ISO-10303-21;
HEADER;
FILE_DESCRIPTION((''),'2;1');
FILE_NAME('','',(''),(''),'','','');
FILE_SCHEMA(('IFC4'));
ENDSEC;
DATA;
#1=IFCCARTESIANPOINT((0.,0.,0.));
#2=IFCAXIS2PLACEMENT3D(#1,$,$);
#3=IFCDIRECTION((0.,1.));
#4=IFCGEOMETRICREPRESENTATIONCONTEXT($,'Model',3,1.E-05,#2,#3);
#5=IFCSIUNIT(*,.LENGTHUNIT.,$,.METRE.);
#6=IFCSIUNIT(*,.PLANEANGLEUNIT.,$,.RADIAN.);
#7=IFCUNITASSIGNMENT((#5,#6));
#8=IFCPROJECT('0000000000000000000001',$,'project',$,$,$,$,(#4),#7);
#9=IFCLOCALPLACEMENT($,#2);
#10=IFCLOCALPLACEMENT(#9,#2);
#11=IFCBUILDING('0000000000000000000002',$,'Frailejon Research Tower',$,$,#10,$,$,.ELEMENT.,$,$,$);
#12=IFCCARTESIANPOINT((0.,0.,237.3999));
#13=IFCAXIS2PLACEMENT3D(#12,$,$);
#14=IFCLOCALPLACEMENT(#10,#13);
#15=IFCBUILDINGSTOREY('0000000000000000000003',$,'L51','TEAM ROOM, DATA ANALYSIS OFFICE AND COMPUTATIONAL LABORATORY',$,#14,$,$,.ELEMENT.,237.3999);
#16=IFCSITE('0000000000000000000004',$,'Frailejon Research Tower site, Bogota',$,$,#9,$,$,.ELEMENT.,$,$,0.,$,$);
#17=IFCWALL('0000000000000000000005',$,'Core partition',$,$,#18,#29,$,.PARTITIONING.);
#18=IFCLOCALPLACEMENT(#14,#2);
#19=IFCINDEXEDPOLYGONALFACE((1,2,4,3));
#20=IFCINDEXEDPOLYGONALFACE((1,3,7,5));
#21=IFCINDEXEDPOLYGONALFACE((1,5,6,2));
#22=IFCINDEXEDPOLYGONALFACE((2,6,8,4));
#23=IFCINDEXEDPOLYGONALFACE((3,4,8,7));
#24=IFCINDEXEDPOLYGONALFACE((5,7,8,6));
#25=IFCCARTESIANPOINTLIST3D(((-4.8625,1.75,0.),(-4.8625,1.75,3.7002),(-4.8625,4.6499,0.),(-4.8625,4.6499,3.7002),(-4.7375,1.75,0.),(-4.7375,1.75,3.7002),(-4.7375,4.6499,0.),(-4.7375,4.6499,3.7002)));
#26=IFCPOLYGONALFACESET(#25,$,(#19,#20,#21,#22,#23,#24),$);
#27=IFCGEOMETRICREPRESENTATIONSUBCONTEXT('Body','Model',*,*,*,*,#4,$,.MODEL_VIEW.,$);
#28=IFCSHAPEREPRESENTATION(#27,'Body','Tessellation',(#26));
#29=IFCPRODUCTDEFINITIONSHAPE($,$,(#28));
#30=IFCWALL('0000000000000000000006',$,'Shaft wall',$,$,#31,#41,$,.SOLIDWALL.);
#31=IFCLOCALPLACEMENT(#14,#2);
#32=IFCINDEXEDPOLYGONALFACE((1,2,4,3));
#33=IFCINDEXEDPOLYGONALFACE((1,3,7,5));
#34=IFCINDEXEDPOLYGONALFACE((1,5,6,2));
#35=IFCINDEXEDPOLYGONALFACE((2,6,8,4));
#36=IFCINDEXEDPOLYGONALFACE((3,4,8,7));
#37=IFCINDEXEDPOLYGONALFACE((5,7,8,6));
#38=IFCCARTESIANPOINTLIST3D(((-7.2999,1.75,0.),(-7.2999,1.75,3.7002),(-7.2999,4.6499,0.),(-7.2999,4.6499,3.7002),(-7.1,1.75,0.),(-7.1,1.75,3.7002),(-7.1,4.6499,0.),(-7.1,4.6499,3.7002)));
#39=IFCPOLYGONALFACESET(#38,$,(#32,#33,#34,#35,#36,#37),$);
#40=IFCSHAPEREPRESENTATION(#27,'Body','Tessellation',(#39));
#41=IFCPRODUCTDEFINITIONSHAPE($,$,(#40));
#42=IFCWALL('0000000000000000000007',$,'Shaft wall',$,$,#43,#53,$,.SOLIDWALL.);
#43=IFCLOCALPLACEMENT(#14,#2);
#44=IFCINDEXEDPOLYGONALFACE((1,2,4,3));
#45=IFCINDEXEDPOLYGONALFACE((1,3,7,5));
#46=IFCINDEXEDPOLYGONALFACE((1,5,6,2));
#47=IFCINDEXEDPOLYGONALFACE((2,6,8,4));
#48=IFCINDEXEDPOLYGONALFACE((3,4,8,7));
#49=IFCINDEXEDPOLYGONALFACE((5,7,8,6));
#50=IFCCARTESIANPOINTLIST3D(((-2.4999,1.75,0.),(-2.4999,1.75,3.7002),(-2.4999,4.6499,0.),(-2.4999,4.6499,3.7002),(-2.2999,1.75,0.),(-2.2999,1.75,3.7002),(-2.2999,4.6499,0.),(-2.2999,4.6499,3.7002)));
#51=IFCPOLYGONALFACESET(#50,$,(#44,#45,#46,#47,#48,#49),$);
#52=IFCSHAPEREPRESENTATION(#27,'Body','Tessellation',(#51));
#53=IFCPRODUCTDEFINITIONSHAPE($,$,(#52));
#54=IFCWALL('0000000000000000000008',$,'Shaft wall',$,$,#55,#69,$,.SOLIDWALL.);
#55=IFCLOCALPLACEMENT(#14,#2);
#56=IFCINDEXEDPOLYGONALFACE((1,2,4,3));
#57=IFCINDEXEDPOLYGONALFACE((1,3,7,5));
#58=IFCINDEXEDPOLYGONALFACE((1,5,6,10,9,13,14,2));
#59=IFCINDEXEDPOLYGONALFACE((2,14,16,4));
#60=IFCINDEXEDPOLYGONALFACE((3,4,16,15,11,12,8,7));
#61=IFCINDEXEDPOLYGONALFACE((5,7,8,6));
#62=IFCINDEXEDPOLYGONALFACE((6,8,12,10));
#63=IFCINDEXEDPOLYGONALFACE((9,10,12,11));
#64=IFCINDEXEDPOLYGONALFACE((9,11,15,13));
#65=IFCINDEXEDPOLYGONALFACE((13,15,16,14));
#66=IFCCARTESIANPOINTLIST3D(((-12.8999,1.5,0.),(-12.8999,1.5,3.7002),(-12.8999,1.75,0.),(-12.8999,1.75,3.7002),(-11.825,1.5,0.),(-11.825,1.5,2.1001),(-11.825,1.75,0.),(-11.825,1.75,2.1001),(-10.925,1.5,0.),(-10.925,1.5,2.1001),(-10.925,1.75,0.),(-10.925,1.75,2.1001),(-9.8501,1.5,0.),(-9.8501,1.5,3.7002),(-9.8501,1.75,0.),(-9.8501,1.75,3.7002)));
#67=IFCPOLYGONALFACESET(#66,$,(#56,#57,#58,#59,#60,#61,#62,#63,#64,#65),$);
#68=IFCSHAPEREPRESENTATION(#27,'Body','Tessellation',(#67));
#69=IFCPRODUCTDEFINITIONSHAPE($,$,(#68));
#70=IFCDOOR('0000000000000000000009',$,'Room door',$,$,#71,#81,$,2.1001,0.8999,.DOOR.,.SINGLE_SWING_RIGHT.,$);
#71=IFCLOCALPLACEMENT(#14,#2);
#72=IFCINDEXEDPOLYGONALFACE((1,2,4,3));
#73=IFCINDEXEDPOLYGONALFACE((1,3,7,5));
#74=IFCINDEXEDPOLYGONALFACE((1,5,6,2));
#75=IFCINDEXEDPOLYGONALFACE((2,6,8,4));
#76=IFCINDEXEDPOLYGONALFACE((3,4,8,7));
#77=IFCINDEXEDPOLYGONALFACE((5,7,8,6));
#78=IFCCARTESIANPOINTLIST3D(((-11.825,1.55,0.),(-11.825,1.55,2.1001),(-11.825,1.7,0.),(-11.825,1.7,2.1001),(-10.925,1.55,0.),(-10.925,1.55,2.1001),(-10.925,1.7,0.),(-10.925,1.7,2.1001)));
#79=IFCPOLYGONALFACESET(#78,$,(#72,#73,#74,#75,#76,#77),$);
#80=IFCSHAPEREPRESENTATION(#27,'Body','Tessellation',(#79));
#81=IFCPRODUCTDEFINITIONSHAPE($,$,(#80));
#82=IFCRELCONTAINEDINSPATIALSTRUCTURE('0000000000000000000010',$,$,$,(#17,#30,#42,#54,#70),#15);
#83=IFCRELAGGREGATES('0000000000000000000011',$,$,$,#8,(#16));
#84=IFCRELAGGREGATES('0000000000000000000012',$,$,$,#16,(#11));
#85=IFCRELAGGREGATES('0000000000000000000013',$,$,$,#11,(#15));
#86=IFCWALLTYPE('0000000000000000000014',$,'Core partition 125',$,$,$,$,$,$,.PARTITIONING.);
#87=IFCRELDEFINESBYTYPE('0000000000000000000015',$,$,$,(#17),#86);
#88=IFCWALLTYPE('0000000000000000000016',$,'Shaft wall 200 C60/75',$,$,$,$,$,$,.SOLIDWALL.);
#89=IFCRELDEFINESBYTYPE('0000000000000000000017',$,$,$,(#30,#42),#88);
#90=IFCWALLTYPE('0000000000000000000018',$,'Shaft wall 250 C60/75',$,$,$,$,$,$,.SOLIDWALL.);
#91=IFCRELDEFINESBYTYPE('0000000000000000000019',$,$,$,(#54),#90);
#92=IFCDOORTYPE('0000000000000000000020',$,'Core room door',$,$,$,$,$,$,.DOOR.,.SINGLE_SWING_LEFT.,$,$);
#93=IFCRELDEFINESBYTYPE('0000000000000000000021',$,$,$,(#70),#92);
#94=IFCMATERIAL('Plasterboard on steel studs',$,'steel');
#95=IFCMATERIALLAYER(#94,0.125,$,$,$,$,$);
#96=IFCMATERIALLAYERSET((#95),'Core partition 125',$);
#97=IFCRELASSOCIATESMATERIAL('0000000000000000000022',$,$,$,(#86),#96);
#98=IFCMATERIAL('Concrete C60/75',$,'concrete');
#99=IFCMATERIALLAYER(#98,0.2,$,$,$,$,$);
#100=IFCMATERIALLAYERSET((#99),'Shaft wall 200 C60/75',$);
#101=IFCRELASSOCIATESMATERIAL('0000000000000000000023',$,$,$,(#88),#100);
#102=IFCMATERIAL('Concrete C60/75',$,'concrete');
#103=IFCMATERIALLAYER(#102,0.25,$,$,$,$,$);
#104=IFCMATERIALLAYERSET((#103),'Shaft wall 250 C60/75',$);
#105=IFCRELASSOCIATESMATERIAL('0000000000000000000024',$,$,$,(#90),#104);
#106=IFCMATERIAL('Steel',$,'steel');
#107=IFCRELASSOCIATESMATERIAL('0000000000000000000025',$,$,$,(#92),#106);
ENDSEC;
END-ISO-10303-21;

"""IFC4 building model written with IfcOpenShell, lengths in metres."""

from ifc_helpers import new_model, si_unit, direction, frame, frame_2d, origin, place, context, subcontext, project, spatial, rectangle, extrude, material, layer, layer_set, type_object, element, fill, save


model = new_model("IFC4")

# Units and contexts
model_context = context("Model", 3, precision=1e-05, world=origin(), true_north=direction((0.0, 1.0)))
body_context = subcontext(model_context, "Body", "Model", "MODEL_VIEW")
ifc_project = project(units=[si_unit("LENGTHUNIT", "METRE"), si_unit("PLANEANGLEUNIT", "RADIAN")], contexts=[model_context])

# Site, building, storey
site_placement = place(None, origin())
site = spatial("IfcSite", under=ifc_project, at=site_placement, Name="Frailejon Research Tower site, Bogota", CompositionType="ELEMENT", RefElevation=0.0)
building_placement = place(site_placement, origin())
building = spatial("IfcBuilding", under=site, at=building_placement, Name="Frailejon Research Tower", CompositionType="ELEMENT")
storey_placement = place(building_placement, frame((0.0, 0.0, 237.3999)))
storey = spatial("IfcBuildingStorey", under=building, at=storey_placement, Name="L51", Description="TEAM ROOM, DATA ANALYSIS OFFICE AND COMPUTATIONAL LABORATORY", CompositionType="ELEMENT", Elevation=237.3999)

# Walls
ifc_material_1 = material(Name="Plasterboard on steel studs", Category="steel")
ifc_layer_1 = layer(ifc_material_1, 0.125)
ifc_layer_set_1 = layer_set([ifc_layer_1], Name="Core partition 125")
wall_type_1 = type_object("IfcWallType", Name="Core partition 125", PredefinedType="PARTITIONING", material=ifc_layer_set_1)
wall_1_placement = place(storey_placement, frame((-4.8, 1.75, 0.0), z_axis=(0.0, 0.0, 1.0), x_axis=(0.0, 1.0, 0.0)))
element("IfcWall", 1, at=wall_1_placement, inside=storey, type_object=wall_type_1, Name="Core partition", PredefinedType="PARTITIONING", context=body_context, shape_type="SweptSolid", body=[
    extrude(rectangle(XDim=2.8999, YDim=0.125, at=frame_2d((1.45, 0.0))), origin(), (0.0, 0.0, 1.0), 3.7002),
])
ifc_material_2 = material(Name="Concrete C60/75", Category="concrete")
ifc_layer_2 = layer(ifc_material_2, 0.2)
ifc_layer_set_2 = layer_set([ifc_layer_2], Name="Shaft wall 200 C60/75")
wall_type_2 = type_object("IfcWallType", Name="Shaft wall 200 C60/75", PredefinedType="SOLIDWALL", material=ifc_layer_set_2)
for number, where, z_axis, x_axis, name in (
    (2, (-7.2, 1.75, 0.0), (0.0, 0.0, 1.0), (0.0, 1.0, 0.0), "Shaft wall"),
    (3, (-2.3999, 1.75, 0.0), (0.0, 0.0, 1.0), (0.0, 1.0, 0.0), "Shaft wall"),
):
    element("IfcWall", number, at=place(storey_placement, frame(where, z_axis=z_axis, x_axis=x_axis)), inside=storey, type_object=wall_type_2, Name=name, PredefinedType="SOLIDWALL", context=body_context, shape_type="SweptSolid", body=[
        extrude(rectangle(XDim=2.8999, YDim=0.2, at=frame_2d((1.45, 0.0))), origin(), (0.0, 0.0, 1.0), 3.7002),
    ])

# Wall, opening, door
ifc_material_3 = material(Name="Concrete C60/75", Category="concrete")
ifc_layer_3 = layer(ifc_material_3, 0.25)
ifc_layer_set_3 = layer_set([ifc_layer_3], Name="Shaft wall 250 C60/75")
wall_type_3 = type_object("IfcWallType", Name="Shaft wall 250 C60/75", PredefinedType="SOLIDWALL", material=ifc_layer_set_3)
wall_2_placement = place(storey_placement, frame((-12.8999, 1.625, 0.0), z_axis=(0.0, 0.0, 1.0), x_axis=(1.0, 0.0, 0.0)))
wall_2 = element("IfcWall", 4, at=wall_2_placement, inside=storey, type_object=wall_type_3, Name="Shaft wall", PredefinedType="SOLIDWALL", context=body_context, shape_type="SweptSolid", body=[
    extrude(rectangle(XDim=3.0498, YDim=0.25, at=frame_2d((1.5249, 0.0))), origin(), (0.0, 0.0, 1.0), 3.7002),
])
opening_1_placement = place(wall_2_placement, frame((1.075, 0.0, 0.0)))
opening_1 = element("IfcOpeningElement", 5, at=opening_1_placement, cuts=wall_2, PredefinedType="OPENING", context=body_context, shape_type="SweptSolid", body=[
    extrude(rectangle(XDim=0.8999, YDim=2.1001, at=frame_2d((0.45, 1.05))), frame((0.0, 0.135, 0.0), z_axis=(0.0, -1.0, 0.0), x_axis=(1.0, 0.0, 0.0)), (0.0, 0.0, 1.0), 0.27),
])
ifc_material_4 = material(Name="Steel", Category="steel")
door_type_1 = type_object("IfcDoorType", Name="Core room door", OperationType="SINGLE_SWING_LEFT", PredefinedType="DOOR", material=ifc_material_4)
door_1_placement = place(opening_1_placement, origin())
door_1 = element("IfcDoor", 6, at=door_1_placement, inside=storey, type_object=door_type_1, Name="Room door", OperationType="SINGLE_SWING_RIGHT", OverallHeight=2.1001, OverallWidth=0.8999, PredefinedType="DOOR", context=body_context, shape_type="SweptSolid", body=[
    extrude(rectangle(XDim=0.8999, YDim=2.1001, at=frame_2d((0.45, 1.05))), frame((0.0, 0.075, 0.0), z_axis=(0.0, -1.0, 0.0), x_axis=(1.0, 0.0, 0.0)), (0.0, 0.0, 1.0), 0.1499),
])
fill(opening_1, door_1)

save(model, "model.ifc")
